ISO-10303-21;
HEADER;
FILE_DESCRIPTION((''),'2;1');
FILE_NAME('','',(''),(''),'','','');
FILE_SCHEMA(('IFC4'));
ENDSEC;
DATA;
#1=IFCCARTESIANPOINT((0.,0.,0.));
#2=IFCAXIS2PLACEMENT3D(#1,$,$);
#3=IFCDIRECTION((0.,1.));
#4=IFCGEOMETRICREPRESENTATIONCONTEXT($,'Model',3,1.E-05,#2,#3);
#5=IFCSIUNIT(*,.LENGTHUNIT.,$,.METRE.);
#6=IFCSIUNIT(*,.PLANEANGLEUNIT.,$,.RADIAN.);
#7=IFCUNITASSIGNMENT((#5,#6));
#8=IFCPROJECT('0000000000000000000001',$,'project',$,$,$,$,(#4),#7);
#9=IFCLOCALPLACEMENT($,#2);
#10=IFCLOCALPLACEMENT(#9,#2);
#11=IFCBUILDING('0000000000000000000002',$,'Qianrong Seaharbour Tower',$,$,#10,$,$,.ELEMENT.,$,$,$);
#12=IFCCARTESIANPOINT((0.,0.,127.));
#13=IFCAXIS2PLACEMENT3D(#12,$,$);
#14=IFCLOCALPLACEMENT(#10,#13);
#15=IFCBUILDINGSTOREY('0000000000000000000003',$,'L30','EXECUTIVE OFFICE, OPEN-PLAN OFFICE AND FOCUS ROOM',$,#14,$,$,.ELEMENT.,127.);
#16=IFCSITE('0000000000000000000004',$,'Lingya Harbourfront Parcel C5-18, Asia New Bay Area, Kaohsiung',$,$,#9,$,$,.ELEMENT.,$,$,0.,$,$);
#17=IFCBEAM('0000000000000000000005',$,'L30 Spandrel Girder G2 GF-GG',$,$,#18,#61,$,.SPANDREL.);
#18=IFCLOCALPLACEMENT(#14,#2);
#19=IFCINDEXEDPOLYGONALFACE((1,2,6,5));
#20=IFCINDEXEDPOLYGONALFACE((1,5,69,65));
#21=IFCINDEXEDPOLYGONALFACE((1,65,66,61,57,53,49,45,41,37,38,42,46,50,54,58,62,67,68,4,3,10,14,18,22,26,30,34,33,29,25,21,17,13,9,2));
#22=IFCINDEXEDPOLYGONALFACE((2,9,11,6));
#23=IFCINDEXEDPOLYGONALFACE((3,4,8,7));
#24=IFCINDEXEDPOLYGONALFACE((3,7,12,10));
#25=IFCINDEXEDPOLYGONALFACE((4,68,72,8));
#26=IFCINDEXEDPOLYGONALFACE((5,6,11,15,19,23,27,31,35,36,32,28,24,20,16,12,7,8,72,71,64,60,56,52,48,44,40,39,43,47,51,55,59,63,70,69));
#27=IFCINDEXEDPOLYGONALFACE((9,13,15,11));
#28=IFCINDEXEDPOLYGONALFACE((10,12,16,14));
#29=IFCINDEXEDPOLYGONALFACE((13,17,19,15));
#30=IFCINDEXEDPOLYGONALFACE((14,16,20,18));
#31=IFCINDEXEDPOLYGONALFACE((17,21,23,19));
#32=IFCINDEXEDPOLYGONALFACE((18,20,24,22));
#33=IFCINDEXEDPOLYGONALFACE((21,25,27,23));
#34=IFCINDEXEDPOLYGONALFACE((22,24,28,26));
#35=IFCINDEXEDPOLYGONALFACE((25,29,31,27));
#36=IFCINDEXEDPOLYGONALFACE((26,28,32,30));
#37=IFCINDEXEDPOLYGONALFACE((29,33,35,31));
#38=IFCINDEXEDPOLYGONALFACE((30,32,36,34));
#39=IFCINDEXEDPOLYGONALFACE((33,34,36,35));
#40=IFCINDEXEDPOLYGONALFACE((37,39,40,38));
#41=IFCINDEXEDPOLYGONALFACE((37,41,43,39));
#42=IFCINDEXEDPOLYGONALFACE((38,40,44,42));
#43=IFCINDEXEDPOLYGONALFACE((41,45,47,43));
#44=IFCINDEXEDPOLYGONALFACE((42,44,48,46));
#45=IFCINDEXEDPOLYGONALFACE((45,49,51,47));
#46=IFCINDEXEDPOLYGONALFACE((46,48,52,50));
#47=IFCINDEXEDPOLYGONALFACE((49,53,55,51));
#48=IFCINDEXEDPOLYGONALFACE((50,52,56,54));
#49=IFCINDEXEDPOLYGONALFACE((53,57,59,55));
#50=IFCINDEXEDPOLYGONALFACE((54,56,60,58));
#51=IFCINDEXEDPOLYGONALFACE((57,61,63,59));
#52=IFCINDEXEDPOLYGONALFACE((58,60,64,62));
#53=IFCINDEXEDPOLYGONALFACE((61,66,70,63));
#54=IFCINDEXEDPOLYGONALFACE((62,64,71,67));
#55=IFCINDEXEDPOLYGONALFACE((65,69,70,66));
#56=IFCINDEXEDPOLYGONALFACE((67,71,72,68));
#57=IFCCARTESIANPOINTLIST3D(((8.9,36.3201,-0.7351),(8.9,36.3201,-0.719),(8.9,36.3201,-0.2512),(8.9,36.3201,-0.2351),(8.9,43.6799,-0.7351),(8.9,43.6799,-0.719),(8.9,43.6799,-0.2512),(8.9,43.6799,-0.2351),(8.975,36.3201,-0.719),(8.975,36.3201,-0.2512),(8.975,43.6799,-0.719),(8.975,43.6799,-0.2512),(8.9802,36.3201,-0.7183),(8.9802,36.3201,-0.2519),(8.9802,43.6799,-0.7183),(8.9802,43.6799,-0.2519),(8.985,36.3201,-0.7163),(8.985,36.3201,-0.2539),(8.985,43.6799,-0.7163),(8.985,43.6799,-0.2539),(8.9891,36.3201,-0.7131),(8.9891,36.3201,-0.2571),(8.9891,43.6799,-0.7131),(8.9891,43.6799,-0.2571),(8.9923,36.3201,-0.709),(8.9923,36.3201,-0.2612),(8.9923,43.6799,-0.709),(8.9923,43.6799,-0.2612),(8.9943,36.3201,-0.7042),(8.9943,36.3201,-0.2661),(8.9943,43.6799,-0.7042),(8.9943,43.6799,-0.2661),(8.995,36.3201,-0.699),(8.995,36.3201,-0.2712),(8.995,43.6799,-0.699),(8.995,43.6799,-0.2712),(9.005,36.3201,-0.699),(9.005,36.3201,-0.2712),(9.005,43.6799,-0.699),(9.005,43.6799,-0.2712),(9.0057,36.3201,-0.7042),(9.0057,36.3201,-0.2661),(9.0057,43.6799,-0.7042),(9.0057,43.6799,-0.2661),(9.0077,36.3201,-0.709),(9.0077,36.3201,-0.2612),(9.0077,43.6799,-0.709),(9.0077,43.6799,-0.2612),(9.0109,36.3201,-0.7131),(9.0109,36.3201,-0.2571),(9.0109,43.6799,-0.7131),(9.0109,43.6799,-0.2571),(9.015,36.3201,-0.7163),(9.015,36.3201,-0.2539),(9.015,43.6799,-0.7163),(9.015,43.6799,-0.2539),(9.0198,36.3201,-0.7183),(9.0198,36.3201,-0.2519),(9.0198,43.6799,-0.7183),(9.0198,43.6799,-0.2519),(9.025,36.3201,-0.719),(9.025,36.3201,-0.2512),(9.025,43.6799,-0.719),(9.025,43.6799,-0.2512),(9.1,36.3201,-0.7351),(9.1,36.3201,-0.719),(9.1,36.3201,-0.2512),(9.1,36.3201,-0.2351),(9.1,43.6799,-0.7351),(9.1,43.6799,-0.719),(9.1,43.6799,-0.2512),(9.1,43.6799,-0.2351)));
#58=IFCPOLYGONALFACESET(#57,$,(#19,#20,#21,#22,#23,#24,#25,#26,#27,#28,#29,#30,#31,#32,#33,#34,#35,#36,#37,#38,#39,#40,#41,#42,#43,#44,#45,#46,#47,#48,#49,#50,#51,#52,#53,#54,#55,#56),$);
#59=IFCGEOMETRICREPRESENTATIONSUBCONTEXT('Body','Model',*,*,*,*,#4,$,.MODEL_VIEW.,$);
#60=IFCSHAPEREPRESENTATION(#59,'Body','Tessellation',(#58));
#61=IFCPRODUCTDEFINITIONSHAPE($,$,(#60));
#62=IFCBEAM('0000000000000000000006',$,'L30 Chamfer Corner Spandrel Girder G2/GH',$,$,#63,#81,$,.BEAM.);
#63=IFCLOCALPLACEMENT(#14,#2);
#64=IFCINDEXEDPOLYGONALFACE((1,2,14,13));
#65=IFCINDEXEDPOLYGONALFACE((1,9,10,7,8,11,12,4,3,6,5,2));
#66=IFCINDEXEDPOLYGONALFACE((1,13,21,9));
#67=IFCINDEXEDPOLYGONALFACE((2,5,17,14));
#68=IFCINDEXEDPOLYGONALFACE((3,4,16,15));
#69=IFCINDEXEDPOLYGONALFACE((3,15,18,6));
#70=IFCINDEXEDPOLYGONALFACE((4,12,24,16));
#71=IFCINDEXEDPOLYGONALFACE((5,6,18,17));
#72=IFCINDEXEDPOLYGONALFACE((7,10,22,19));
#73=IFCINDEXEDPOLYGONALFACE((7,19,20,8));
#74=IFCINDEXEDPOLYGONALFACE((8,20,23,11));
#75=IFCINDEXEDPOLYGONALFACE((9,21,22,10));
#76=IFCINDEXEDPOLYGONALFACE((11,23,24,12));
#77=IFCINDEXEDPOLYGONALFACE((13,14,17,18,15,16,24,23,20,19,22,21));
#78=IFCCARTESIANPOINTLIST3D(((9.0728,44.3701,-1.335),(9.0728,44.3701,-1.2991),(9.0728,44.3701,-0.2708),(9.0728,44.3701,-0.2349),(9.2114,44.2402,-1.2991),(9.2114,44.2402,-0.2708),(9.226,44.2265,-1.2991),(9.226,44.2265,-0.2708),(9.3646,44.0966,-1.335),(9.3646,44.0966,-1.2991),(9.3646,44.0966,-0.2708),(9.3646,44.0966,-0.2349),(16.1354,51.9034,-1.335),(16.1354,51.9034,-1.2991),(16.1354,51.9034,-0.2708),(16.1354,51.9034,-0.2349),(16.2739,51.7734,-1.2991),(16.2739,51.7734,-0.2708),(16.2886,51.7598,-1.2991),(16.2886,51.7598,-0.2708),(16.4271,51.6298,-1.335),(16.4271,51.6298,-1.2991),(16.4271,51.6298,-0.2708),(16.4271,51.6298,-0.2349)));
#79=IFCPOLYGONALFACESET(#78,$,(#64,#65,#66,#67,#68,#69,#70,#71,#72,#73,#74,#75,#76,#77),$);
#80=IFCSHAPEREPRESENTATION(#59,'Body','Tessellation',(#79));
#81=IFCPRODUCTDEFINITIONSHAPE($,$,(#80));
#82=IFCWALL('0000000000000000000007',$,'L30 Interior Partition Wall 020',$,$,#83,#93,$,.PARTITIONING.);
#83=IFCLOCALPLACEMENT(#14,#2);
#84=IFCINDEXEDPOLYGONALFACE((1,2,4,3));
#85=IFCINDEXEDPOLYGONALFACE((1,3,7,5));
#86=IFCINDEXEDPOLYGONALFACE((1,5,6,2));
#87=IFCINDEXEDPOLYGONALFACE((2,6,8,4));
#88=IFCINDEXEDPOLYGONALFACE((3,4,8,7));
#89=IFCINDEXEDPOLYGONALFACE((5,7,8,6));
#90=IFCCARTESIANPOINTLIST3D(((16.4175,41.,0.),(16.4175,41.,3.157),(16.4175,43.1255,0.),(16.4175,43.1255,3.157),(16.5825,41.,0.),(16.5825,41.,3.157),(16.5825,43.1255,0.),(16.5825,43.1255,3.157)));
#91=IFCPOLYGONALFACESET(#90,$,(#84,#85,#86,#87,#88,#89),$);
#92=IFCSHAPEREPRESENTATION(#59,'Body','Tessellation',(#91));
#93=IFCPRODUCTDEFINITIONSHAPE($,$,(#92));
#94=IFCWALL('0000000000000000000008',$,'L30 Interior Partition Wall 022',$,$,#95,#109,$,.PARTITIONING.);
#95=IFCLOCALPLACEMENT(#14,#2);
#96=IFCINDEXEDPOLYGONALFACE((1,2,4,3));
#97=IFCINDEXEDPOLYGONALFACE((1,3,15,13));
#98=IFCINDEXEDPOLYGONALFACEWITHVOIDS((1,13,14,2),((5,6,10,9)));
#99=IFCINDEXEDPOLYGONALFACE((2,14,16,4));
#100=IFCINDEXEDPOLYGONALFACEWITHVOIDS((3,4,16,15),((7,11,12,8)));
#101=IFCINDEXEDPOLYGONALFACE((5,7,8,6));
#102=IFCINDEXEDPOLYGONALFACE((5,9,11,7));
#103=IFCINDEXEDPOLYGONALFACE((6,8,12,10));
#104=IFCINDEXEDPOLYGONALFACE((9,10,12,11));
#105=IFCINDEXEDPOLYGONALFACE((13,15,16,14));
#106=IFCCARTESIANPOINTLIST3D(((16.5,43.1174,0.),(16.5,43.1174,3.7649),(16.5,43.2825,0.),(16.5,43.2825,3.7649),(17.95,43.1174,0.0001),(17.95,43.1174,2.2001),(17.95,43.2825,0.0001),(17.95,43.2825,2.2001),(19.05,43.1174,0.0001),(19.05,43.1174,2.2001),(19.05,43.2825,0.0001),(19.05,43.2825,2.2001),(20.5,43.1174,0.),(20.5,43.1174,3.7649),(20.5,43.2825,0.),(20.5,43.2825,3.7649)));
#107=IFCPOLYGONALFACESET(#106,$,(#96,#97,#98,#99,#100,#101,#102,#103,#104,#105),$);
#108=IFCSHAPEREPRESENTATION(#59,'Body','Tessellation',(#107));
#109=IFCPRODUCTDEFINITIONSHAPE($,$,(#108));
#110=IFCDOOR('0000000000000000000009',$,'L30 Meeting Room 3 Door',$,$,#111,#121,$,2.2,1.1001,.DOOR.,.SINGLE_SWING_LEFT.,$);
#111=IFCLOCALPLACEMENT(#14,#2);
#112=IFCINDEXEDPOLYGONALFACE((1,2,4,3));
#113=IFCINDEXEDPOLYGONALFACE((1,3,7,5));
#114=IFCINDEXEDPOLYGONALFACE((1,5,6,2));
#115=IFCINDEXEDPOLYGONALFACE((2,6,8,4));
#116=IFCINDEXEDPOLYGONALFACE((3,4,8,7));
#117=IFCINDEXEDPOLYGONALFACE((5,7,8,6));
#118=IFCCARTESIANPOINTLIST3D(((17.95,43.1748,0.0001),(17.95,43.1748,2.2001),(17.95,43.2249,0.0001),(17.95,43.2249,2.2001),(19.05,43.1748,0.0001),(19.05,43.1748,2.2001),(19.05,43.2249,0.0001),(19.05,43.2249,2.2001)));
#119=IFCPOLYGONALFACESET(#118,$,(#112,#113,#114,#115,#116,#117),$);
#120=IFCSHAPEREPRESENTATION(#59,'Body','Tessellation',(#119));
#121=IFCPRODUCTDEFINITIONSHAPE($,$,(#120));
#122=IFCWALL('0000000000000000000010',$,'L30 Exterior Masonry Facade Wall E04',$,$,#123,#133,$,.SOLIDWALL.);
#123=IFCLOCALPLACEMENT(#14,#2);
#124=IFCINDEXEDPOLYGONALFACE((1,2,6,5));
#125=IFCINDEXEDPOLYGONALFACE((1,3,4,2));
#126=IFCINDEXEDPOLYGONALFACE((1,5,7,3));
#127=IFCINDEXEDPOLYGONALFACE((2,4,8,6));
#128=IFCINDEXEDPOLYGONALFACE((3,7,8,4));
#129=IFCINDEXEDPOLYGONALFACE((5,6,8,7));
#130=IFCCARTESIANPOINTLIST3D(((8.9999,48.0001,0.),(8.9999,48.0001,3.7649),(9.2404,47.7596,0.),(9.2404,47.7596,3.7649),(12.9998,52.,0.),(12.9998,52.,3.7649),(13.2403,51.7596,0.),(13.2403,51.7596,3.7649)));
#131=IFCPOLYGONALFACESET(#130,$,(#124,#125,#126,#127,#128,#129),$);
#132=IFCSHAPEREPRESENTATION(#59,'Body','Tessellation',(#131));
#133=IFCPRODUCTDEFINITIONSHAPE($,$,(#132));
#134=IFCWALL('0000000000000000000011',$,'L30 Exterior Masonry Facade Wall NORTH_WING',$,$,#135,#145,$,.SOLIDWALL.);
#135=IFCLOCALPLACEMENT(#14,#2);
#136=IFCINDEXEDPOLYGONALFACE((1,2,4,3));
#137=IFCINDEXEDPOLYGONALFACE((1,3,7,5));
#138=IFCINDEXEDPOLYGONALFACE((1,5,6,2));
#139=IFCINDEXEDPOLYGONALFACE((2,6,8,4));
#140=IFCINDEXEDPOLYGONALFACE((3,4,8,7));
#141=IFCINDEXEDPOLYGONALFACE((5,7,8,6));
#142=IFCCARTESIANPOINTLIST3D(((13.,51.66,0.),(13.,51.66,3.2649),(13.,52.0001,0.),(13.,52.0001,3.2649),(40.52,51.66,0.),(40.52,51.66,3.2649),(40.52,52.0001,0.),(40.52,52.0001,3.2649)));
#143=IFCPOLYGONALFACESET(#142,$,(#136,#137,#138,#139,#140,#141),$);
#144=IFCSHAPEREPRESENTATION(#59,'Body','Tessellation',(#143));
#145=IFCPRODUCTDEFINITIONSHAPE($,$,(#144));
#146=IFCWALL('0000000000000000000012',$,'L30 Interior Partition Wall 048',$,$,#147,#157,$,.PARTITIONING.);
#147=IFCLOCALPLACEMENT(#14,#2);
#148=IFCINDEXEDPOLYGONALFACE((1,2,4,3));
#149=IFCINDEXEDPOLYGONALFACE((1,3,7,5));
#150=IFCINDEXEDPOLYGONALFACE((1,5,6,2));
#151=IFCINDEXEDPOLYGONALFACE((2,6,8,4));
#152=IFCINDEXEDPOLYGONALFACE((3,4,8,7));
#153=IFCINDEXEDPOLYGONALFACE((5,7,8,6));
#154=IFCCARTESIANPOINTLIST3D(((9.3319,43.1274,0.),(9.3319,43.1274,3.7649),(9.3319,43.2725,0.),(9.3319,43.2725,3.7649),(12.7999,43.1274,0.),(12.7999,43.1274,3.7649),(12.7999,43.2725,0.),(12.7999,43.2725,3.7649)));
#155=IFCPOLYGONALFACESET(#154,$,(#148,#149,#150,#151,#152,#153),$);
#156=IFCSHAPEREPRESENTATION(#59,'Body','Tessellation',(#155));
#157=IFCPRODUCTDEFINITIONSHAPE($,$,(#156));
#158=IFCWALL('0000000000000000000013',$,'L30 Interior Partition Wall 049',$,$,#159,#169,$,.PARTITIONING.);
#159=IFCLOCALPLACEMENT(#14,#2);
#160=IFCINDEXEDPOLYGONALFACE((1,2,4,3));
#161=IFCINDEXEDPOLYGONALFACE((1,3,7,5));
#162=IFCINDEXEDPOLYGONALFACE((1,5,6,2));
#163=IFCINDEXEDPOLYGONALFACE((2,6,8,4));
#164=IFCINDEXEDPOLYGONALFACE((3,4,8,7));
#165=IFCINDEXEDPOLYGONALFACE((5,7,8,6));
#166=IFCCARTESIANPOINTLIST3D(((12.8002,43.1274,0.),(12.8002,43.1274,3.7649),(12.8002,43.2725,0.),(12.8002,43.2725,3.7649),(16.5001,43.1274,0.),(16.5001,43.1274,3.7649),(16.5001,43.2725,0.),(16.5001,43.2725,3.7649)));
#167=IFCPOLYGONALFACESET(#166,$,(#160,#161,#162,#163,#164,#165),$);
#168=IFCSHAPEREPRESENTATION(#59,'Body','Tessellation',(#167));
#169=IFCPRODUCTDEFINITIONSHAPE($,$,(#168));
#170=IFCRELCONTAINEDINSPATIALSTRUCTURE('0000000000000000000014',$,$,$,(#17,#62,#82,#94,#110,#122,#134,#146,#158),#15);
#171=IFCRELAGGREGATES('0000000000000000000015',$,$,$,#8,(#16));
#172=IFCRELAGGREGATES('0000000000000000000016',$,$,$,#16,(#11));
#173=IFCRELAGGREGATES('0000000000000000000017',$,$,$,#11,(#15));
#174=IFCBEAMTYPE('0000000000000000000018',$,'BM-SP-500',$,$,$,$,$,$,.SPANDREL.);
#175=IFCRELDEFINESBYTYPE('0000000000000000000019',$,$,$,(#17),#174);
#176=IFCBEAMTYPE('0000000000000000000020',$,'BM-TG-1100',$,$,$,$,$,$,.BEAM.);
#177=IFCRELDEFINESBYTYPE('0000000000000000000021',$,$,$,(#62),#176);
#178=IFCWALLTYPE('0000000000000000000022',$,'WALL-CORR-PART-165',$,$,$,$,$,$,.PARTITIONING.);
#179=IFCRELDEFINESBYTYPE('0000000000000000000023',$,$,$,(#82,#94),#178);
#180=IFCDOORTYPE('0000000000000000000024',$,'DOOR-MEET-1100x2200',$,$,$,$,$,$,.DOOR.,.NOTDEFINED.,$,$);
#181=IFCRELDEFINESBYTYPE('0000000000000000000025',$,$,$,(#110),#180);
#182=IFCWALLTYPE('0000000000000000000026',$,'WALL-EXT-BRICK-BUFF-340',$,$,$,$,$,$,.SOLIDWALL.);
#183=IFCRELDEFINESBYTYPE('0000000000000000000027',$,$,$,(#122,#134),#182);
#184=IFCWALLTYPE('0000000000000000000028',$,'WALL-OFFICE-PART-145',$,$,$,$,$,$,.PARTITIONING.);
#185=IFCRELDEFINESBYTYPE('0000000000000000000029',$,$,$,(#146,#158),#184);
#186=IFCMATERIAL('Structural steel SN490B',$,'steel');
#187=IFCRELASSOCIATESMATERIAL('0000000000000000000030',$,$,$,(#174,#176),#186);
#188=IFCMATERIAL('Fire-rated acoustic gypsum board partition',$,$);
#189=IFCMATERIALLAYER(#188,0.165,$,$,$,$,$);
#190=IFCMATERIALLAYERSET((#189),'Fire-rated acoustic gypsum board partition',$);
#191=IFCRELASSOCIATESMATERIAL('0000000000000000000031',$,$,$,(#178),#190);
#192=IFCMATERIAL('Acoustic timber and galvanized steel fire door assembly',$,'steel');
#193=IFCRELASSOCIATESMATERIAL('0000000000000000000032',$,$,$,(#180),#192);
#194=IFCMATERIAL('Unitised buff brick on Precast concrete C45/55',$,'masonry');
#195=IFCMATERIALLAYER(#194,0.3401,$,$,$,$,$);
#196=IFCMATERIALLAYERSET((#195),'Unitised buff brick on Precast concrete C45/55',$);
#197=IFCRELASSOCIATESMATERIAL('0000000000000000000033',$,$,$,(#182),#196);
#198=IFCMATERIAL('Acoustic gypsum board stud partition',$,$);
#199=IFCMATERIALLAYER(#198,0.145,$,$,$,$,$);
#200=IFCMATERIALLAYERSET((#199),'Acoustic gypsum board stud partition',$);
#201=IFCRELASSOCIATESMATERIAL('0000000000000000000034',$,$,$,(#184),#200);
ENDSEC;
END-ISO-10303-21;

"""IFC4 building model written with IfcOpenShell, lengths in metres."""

from ifc_helpers import new_model, si_unit, direction, frame, frame_2d, origin, origin_2d, place, context, subcontext, project, spatial, rectangle, i_section, extrude, material, layer, layer_set, material_profile, profile_set, type_object, element, fill, save


model = new_model("IFC4")

# Units and contexts
model_context = context("Model", 3, precision=1e-05, world=origin(), true_north=direction((0.0, 1.0)))
body_context = subcontext(model_context, "Body", "Model", "MODEL_VIEW")
ifc_project = project(units=[si_unit("LENGTHUNIT", "METRE"), si_unit("PLANEANGLEUNIT", "RADIAN")], contexts=[model_context])

# Site, building, storey
site_placement = place(None, origin())
site = spatial("IfcSite", under=ifc_project, at=site_placement, Name="Lingya Harbourfront Parcel C5-18, Asia New Bay Area, Kaohsiung", CompositionType="ELEMENT", RefElevation=0.0)
building_placement = place(site_placement, origin())
building = spatial("IfcBuilding", under=site, at=building_placement, Name="Qianrong Seaharbour Tower", CompositionType="ELEMENT")
storey_placement = place(building_placement, frame((0.0, 0.0, 127.0)))
storey = spatial("IfcBuildingStorey", under=building, at=storey_placement, Name="L30", Description="EXECUTIVE OFFICE, OPEN-PLAN OFFICE AND FOCUS ROOM", CompositionType="ELEMENT", Elevation=127.0)

# Shared definitions
ifc_material_1 = material(Name="Structural steel SN490B", Category="steel")

# Beams
ifc_material_profile_1 = material_profile(ifc_material_1, i_section(OverallWidth=0.2, OverallDepth=0.5, WebThickness=0.01, FlangeThickness=0.0161, FilletRadius=0.02, at=origin_2d()), Name="H500x200x10x16")
ifc_profile_set_1 = profile_set([ifc_material_profile_1], Name="Structural steel SN490B")
beam_type_1 = type_object("IfcBeamType", Name="BM-SP-500", PredefinedType="SPANDREL", material=ifc_profile_set_1)
beam_1_placement = place(storey_placement, frame((9.0, 36.3201, -0.4851), z_axis=(0.0, 1.0, 0.0), x_axis=(-1.0, 0.0, 0.0)))
element("IfcBeam", 1, at=beam_1_placement, inside=storey, type_object=beam_type_1, Name="L30 Spandrel Girder G2 GF-GG", PredefinedType="SPANDREL", context=body_context, shape_type="SweptSolid", body=[
    extrude(i_section(OverallWidth=0.2, OverallDepth=0.5, WebThickness=0.01, FlangeThickness=0.0161, FilletRadius=0.02, at=origin_2d()), origin(), (0.0, 0.0, 1.0), 7.3599),
])
ifc_material_profile_2 = material_profile(ifc_material_1, i_section(OverallWidth=0.3999, OverallDepth=1.1001, WebThickness=0.02, FlangeThickness=0.0359, at=origin_2d()), Name="BH1100x400x20x36")
ifc_profile_set_2 = profile_set([ifc_material_profile_2], Name="Structural steel SN490B")
beam_type_2 = type_object("IfcBeamType", Name="BM-TG-1100", PredefinedType="BEAM", material=ifc_profile_set_2)
beam_2_placement = place(storey_placement, frame((16.2812, 51.7666, -0.7849), z_axis=(-0.683947, -0.729531, 0.0), x_axis=(0.729531, -0.683947, 0.0)))
element("IfcBeam", 2, at=beam_2_placement, inside=storey, type_object=beam_type_2, Name="L30 Chamfer Corner Spandrel Girder G2/GH", PredefinedType="BEAM", context=body_context, shape_type="SweptSolid", body=[
    extrude(i_section(OverallWidth=0.3999, OverallDepth=1.1001, WebThickness=0.02, FlangeThickness=0.0359, at=origin_2d()), origin(), (0.0, 0.0, 1.0), 10.3262),
])

# Wall
ifc_material_2 = material(Name="Fire-rated acoustic gypsum board partition")
ifc_layer_1 = layer(ifc_material_2, 0.165)
ifc_layer_set_1 = layer_set([ifc_layer_1], Name="Fire-rated acoustic gypsum board partition")
wall_type_1 = type_object("IfcWallType", Name="WALL-CORR-PART-165", PredefinedType="PARTITIONING", material=ifc_layer_set_1)
wall_1_placement = place(storey_placement, frame((16.5, 41.0, 0.0), z_axis=(0.0, 0.0, 1.0), x_axis=(0.0, 1.0, 0.0)))
element("IfcWall", 3, at=wall_1_placement, inside=storey, type_object=wall_type_1, Name="L30 Interior Partition Wall 020", PredefinedType="PARTITIONING", context=body_context, shape_type="SweptSolid", body=[
    extrude(rectangle(XDim=2.1255, YDim=0.165, at=frame_2d((1.0627, 0.0))), origin(), (0.0, 0.0, 1.0), 3.157),
])

# Wall, opening, door
wall_2_placement = place(storey_placement, frame((16.5, 43.2, 0.0), z_axis=(0.0, 0.0, 1.0), x_axis=(1.0, 0.0, 0.0)))
wall_2 = element("IfcWall", 4, at=wall_2_placement, inside=storey, type_object=wall_type_1, Name="L30 Interior Partition Wall 022", PredefinedType="PARTITIONING", context=body_context, shape_type="SweptSolid", body=[
    extrude(rectangle(XDim=4.0, YDim=0.165, at=frame_2d((2.0, 0.0))), origin(), (0.0, 0.0, 1.0), 3.7649),
])
opening_1_placement = place(wall_2_placement, frame((1.45, 0.0, 0.0)))
opening_1 = element("IfcOpeningElement", 5, at=opening_1_placement, cuts=wall_2, PredefinedType="OPENING", context=body_context, shape_type="SweptSolid", body=[
    extrude(rectangle(XDim=1.1001, YDim=2.2, at=frame_2d((0.55, 1.1001))), frame((0.0, 0.0925, 0.0), z_axis=(0.0, -1.0, 0.0), x_axis=(1.0, 0.0, 0.0)), (0.0, 0.0, 1.0), 0.1851),
])
ifc_material_3 = material(Name="Acoustic timber and galvanized steel fire door assembly", Category="steel")
door_type_1 = type_object("IfcDoorType", Name="DOOR-MEET-1100x2200", OperationType="NOTDEFINED", PredefinedType="DOOR", material=ifc_material_3)
door_1_placement = place(opening_1_placement, origin())
door_1 = element("IfcDoor", 6, at=door_1_placement, inside=storey, type_object=door_type_1, Name="L30 Meeting Room 3 Door", OperationType="SINGLE_SWING_LEFT", OverallHeight=2.2, OverallWidth=1.1001, PredefinedType="DOOR", context=body_context, shape_type="SweptSolid", body=[
    extrude(rectangle(XDim=1.1001, YDim=2.2, at=frame_2d((0.55, 1.1001))), frame((0.0, 0.0249, 0.0), z_axis=(0.0, -1.0, 0.0), x_axis=(1.0, 0.0, 0.0)), (0.0, 0.0, 1.0), 0.05),
])
fill(opening_1, door_1)

# Walls
ifc_material_4 = material(Name="Unitised buff brick on Precast concrete C45/55", Category="masonry")
ifc_layer_2 = layer(ifc_material_4, 0.3401)
ifc_layer_set_2 = layer_set([ifc_layer_2], Name="Unitised buff brick on Precast concrete C45/55")
wall_type_2 = type_object("IfcWallType", Name="WALL-EXT-BRICK-BUFF-340", PredefinedType="SOLIDWALL", material=ifc_layer_set_2)
wall_3_placement = place(storey_placement, frame((9.1201, 47.8799, 0.0), z_axis=(0.0, 0.0, 1.0), x_axis=(0.707107, 0.707107, 0.0)))
element("IfcWall", 7, at=wall_3_placement, inside=storey, type_object=wall_type_2, Name="L30 Exterior Masonry Facade Wall E04", PredefinedType="SOLIDWALL", context=body_context, shape_type="SweptSolid", body=[
    extrude(rectangle(XDim=5.6567, YDim=0.3401, at=frame_2d((2.8284, 0.0))), origin(), (0.0, 0.0, 1.0), 3.7649),
])
wall_4_placement = place(storey_placement, frame((13.0, 51.8301, 0.0), z_axis=(0.0, 0.0, 1.0), x_axis=(1.0, 0.0, 0.0)))
element("IfcWall", 8, at=wall_4_placement, inside=storey, type_object=wall_type_2, Name="L30 Exterior Masonry Facade Wall NORTH_WING", PredefinedType="SOLIDWALL", context=body_context, shape_type="SweptSolid", body=[
    extrude(rectangle(XDim=27.52, YDim=0.3401, at=frame_2d((13.76, 0.0))), origin(), (0.0, 0.0, 1.0), 3.2649),
])
ifc_material_5 = material(Name="Acoustic gypsum board stud partition")
ifc_layer_3 = layer(ifc_material_5, 0.145)
ifc_layer_set_3 = layer_set([ifc_layer_3], Name="Acoustic gypsum board stud partition")
wall_type_3 = type_object("IfcWallType", Name="WALL-OFFICE-PART-145", PredefinedType="PARTITIONING", material=ifc_layer_set_3)
wall_5_placement = place(storey_placement, frame((9.332, 43.2, 0.0), z_axis=(0.0, 0.0, 1.0), x_axis=(1.0, 0.0, 0.0)))
element("IfcWall", 9, at=wall_5_placement, inside=storey, type_object=wall_type_3, Name="L30 Interior Partition Wall 048", PredefinedType="PARTITIONING", context=body_context, shape_type="SweptSolid", body=[
    extrude(rectangle(XDim=3.468, YDim=0.145, at=frame_2d((1.7339, 0.0))), origin(), (0.0, 0.0, 1.0), 3.7649),
])
wall_6_placement = place(storey_placement, frame((12.8, 43.2, 0.0), z_axis=(0.0, 0.0, 1.0), x_axis=(1.0, 0.0, 0.0)))
element("IfcWall", 10, at=wall_6_placement, inside=storey, type_object=wall_type_3, Name="L30 Interior Partition Wall 049", PredefinedType="PARTITIONING", context=body_context, shape_type="SweptSolid", body=[
    extrude(rectangle(XDim=3.7, YDim=0.145, at=frame_2d((1.8501, 0.0))), origin(), (0.0, 0.0, 1.0), 3.7649),
])

save(model, "model.ifc")
